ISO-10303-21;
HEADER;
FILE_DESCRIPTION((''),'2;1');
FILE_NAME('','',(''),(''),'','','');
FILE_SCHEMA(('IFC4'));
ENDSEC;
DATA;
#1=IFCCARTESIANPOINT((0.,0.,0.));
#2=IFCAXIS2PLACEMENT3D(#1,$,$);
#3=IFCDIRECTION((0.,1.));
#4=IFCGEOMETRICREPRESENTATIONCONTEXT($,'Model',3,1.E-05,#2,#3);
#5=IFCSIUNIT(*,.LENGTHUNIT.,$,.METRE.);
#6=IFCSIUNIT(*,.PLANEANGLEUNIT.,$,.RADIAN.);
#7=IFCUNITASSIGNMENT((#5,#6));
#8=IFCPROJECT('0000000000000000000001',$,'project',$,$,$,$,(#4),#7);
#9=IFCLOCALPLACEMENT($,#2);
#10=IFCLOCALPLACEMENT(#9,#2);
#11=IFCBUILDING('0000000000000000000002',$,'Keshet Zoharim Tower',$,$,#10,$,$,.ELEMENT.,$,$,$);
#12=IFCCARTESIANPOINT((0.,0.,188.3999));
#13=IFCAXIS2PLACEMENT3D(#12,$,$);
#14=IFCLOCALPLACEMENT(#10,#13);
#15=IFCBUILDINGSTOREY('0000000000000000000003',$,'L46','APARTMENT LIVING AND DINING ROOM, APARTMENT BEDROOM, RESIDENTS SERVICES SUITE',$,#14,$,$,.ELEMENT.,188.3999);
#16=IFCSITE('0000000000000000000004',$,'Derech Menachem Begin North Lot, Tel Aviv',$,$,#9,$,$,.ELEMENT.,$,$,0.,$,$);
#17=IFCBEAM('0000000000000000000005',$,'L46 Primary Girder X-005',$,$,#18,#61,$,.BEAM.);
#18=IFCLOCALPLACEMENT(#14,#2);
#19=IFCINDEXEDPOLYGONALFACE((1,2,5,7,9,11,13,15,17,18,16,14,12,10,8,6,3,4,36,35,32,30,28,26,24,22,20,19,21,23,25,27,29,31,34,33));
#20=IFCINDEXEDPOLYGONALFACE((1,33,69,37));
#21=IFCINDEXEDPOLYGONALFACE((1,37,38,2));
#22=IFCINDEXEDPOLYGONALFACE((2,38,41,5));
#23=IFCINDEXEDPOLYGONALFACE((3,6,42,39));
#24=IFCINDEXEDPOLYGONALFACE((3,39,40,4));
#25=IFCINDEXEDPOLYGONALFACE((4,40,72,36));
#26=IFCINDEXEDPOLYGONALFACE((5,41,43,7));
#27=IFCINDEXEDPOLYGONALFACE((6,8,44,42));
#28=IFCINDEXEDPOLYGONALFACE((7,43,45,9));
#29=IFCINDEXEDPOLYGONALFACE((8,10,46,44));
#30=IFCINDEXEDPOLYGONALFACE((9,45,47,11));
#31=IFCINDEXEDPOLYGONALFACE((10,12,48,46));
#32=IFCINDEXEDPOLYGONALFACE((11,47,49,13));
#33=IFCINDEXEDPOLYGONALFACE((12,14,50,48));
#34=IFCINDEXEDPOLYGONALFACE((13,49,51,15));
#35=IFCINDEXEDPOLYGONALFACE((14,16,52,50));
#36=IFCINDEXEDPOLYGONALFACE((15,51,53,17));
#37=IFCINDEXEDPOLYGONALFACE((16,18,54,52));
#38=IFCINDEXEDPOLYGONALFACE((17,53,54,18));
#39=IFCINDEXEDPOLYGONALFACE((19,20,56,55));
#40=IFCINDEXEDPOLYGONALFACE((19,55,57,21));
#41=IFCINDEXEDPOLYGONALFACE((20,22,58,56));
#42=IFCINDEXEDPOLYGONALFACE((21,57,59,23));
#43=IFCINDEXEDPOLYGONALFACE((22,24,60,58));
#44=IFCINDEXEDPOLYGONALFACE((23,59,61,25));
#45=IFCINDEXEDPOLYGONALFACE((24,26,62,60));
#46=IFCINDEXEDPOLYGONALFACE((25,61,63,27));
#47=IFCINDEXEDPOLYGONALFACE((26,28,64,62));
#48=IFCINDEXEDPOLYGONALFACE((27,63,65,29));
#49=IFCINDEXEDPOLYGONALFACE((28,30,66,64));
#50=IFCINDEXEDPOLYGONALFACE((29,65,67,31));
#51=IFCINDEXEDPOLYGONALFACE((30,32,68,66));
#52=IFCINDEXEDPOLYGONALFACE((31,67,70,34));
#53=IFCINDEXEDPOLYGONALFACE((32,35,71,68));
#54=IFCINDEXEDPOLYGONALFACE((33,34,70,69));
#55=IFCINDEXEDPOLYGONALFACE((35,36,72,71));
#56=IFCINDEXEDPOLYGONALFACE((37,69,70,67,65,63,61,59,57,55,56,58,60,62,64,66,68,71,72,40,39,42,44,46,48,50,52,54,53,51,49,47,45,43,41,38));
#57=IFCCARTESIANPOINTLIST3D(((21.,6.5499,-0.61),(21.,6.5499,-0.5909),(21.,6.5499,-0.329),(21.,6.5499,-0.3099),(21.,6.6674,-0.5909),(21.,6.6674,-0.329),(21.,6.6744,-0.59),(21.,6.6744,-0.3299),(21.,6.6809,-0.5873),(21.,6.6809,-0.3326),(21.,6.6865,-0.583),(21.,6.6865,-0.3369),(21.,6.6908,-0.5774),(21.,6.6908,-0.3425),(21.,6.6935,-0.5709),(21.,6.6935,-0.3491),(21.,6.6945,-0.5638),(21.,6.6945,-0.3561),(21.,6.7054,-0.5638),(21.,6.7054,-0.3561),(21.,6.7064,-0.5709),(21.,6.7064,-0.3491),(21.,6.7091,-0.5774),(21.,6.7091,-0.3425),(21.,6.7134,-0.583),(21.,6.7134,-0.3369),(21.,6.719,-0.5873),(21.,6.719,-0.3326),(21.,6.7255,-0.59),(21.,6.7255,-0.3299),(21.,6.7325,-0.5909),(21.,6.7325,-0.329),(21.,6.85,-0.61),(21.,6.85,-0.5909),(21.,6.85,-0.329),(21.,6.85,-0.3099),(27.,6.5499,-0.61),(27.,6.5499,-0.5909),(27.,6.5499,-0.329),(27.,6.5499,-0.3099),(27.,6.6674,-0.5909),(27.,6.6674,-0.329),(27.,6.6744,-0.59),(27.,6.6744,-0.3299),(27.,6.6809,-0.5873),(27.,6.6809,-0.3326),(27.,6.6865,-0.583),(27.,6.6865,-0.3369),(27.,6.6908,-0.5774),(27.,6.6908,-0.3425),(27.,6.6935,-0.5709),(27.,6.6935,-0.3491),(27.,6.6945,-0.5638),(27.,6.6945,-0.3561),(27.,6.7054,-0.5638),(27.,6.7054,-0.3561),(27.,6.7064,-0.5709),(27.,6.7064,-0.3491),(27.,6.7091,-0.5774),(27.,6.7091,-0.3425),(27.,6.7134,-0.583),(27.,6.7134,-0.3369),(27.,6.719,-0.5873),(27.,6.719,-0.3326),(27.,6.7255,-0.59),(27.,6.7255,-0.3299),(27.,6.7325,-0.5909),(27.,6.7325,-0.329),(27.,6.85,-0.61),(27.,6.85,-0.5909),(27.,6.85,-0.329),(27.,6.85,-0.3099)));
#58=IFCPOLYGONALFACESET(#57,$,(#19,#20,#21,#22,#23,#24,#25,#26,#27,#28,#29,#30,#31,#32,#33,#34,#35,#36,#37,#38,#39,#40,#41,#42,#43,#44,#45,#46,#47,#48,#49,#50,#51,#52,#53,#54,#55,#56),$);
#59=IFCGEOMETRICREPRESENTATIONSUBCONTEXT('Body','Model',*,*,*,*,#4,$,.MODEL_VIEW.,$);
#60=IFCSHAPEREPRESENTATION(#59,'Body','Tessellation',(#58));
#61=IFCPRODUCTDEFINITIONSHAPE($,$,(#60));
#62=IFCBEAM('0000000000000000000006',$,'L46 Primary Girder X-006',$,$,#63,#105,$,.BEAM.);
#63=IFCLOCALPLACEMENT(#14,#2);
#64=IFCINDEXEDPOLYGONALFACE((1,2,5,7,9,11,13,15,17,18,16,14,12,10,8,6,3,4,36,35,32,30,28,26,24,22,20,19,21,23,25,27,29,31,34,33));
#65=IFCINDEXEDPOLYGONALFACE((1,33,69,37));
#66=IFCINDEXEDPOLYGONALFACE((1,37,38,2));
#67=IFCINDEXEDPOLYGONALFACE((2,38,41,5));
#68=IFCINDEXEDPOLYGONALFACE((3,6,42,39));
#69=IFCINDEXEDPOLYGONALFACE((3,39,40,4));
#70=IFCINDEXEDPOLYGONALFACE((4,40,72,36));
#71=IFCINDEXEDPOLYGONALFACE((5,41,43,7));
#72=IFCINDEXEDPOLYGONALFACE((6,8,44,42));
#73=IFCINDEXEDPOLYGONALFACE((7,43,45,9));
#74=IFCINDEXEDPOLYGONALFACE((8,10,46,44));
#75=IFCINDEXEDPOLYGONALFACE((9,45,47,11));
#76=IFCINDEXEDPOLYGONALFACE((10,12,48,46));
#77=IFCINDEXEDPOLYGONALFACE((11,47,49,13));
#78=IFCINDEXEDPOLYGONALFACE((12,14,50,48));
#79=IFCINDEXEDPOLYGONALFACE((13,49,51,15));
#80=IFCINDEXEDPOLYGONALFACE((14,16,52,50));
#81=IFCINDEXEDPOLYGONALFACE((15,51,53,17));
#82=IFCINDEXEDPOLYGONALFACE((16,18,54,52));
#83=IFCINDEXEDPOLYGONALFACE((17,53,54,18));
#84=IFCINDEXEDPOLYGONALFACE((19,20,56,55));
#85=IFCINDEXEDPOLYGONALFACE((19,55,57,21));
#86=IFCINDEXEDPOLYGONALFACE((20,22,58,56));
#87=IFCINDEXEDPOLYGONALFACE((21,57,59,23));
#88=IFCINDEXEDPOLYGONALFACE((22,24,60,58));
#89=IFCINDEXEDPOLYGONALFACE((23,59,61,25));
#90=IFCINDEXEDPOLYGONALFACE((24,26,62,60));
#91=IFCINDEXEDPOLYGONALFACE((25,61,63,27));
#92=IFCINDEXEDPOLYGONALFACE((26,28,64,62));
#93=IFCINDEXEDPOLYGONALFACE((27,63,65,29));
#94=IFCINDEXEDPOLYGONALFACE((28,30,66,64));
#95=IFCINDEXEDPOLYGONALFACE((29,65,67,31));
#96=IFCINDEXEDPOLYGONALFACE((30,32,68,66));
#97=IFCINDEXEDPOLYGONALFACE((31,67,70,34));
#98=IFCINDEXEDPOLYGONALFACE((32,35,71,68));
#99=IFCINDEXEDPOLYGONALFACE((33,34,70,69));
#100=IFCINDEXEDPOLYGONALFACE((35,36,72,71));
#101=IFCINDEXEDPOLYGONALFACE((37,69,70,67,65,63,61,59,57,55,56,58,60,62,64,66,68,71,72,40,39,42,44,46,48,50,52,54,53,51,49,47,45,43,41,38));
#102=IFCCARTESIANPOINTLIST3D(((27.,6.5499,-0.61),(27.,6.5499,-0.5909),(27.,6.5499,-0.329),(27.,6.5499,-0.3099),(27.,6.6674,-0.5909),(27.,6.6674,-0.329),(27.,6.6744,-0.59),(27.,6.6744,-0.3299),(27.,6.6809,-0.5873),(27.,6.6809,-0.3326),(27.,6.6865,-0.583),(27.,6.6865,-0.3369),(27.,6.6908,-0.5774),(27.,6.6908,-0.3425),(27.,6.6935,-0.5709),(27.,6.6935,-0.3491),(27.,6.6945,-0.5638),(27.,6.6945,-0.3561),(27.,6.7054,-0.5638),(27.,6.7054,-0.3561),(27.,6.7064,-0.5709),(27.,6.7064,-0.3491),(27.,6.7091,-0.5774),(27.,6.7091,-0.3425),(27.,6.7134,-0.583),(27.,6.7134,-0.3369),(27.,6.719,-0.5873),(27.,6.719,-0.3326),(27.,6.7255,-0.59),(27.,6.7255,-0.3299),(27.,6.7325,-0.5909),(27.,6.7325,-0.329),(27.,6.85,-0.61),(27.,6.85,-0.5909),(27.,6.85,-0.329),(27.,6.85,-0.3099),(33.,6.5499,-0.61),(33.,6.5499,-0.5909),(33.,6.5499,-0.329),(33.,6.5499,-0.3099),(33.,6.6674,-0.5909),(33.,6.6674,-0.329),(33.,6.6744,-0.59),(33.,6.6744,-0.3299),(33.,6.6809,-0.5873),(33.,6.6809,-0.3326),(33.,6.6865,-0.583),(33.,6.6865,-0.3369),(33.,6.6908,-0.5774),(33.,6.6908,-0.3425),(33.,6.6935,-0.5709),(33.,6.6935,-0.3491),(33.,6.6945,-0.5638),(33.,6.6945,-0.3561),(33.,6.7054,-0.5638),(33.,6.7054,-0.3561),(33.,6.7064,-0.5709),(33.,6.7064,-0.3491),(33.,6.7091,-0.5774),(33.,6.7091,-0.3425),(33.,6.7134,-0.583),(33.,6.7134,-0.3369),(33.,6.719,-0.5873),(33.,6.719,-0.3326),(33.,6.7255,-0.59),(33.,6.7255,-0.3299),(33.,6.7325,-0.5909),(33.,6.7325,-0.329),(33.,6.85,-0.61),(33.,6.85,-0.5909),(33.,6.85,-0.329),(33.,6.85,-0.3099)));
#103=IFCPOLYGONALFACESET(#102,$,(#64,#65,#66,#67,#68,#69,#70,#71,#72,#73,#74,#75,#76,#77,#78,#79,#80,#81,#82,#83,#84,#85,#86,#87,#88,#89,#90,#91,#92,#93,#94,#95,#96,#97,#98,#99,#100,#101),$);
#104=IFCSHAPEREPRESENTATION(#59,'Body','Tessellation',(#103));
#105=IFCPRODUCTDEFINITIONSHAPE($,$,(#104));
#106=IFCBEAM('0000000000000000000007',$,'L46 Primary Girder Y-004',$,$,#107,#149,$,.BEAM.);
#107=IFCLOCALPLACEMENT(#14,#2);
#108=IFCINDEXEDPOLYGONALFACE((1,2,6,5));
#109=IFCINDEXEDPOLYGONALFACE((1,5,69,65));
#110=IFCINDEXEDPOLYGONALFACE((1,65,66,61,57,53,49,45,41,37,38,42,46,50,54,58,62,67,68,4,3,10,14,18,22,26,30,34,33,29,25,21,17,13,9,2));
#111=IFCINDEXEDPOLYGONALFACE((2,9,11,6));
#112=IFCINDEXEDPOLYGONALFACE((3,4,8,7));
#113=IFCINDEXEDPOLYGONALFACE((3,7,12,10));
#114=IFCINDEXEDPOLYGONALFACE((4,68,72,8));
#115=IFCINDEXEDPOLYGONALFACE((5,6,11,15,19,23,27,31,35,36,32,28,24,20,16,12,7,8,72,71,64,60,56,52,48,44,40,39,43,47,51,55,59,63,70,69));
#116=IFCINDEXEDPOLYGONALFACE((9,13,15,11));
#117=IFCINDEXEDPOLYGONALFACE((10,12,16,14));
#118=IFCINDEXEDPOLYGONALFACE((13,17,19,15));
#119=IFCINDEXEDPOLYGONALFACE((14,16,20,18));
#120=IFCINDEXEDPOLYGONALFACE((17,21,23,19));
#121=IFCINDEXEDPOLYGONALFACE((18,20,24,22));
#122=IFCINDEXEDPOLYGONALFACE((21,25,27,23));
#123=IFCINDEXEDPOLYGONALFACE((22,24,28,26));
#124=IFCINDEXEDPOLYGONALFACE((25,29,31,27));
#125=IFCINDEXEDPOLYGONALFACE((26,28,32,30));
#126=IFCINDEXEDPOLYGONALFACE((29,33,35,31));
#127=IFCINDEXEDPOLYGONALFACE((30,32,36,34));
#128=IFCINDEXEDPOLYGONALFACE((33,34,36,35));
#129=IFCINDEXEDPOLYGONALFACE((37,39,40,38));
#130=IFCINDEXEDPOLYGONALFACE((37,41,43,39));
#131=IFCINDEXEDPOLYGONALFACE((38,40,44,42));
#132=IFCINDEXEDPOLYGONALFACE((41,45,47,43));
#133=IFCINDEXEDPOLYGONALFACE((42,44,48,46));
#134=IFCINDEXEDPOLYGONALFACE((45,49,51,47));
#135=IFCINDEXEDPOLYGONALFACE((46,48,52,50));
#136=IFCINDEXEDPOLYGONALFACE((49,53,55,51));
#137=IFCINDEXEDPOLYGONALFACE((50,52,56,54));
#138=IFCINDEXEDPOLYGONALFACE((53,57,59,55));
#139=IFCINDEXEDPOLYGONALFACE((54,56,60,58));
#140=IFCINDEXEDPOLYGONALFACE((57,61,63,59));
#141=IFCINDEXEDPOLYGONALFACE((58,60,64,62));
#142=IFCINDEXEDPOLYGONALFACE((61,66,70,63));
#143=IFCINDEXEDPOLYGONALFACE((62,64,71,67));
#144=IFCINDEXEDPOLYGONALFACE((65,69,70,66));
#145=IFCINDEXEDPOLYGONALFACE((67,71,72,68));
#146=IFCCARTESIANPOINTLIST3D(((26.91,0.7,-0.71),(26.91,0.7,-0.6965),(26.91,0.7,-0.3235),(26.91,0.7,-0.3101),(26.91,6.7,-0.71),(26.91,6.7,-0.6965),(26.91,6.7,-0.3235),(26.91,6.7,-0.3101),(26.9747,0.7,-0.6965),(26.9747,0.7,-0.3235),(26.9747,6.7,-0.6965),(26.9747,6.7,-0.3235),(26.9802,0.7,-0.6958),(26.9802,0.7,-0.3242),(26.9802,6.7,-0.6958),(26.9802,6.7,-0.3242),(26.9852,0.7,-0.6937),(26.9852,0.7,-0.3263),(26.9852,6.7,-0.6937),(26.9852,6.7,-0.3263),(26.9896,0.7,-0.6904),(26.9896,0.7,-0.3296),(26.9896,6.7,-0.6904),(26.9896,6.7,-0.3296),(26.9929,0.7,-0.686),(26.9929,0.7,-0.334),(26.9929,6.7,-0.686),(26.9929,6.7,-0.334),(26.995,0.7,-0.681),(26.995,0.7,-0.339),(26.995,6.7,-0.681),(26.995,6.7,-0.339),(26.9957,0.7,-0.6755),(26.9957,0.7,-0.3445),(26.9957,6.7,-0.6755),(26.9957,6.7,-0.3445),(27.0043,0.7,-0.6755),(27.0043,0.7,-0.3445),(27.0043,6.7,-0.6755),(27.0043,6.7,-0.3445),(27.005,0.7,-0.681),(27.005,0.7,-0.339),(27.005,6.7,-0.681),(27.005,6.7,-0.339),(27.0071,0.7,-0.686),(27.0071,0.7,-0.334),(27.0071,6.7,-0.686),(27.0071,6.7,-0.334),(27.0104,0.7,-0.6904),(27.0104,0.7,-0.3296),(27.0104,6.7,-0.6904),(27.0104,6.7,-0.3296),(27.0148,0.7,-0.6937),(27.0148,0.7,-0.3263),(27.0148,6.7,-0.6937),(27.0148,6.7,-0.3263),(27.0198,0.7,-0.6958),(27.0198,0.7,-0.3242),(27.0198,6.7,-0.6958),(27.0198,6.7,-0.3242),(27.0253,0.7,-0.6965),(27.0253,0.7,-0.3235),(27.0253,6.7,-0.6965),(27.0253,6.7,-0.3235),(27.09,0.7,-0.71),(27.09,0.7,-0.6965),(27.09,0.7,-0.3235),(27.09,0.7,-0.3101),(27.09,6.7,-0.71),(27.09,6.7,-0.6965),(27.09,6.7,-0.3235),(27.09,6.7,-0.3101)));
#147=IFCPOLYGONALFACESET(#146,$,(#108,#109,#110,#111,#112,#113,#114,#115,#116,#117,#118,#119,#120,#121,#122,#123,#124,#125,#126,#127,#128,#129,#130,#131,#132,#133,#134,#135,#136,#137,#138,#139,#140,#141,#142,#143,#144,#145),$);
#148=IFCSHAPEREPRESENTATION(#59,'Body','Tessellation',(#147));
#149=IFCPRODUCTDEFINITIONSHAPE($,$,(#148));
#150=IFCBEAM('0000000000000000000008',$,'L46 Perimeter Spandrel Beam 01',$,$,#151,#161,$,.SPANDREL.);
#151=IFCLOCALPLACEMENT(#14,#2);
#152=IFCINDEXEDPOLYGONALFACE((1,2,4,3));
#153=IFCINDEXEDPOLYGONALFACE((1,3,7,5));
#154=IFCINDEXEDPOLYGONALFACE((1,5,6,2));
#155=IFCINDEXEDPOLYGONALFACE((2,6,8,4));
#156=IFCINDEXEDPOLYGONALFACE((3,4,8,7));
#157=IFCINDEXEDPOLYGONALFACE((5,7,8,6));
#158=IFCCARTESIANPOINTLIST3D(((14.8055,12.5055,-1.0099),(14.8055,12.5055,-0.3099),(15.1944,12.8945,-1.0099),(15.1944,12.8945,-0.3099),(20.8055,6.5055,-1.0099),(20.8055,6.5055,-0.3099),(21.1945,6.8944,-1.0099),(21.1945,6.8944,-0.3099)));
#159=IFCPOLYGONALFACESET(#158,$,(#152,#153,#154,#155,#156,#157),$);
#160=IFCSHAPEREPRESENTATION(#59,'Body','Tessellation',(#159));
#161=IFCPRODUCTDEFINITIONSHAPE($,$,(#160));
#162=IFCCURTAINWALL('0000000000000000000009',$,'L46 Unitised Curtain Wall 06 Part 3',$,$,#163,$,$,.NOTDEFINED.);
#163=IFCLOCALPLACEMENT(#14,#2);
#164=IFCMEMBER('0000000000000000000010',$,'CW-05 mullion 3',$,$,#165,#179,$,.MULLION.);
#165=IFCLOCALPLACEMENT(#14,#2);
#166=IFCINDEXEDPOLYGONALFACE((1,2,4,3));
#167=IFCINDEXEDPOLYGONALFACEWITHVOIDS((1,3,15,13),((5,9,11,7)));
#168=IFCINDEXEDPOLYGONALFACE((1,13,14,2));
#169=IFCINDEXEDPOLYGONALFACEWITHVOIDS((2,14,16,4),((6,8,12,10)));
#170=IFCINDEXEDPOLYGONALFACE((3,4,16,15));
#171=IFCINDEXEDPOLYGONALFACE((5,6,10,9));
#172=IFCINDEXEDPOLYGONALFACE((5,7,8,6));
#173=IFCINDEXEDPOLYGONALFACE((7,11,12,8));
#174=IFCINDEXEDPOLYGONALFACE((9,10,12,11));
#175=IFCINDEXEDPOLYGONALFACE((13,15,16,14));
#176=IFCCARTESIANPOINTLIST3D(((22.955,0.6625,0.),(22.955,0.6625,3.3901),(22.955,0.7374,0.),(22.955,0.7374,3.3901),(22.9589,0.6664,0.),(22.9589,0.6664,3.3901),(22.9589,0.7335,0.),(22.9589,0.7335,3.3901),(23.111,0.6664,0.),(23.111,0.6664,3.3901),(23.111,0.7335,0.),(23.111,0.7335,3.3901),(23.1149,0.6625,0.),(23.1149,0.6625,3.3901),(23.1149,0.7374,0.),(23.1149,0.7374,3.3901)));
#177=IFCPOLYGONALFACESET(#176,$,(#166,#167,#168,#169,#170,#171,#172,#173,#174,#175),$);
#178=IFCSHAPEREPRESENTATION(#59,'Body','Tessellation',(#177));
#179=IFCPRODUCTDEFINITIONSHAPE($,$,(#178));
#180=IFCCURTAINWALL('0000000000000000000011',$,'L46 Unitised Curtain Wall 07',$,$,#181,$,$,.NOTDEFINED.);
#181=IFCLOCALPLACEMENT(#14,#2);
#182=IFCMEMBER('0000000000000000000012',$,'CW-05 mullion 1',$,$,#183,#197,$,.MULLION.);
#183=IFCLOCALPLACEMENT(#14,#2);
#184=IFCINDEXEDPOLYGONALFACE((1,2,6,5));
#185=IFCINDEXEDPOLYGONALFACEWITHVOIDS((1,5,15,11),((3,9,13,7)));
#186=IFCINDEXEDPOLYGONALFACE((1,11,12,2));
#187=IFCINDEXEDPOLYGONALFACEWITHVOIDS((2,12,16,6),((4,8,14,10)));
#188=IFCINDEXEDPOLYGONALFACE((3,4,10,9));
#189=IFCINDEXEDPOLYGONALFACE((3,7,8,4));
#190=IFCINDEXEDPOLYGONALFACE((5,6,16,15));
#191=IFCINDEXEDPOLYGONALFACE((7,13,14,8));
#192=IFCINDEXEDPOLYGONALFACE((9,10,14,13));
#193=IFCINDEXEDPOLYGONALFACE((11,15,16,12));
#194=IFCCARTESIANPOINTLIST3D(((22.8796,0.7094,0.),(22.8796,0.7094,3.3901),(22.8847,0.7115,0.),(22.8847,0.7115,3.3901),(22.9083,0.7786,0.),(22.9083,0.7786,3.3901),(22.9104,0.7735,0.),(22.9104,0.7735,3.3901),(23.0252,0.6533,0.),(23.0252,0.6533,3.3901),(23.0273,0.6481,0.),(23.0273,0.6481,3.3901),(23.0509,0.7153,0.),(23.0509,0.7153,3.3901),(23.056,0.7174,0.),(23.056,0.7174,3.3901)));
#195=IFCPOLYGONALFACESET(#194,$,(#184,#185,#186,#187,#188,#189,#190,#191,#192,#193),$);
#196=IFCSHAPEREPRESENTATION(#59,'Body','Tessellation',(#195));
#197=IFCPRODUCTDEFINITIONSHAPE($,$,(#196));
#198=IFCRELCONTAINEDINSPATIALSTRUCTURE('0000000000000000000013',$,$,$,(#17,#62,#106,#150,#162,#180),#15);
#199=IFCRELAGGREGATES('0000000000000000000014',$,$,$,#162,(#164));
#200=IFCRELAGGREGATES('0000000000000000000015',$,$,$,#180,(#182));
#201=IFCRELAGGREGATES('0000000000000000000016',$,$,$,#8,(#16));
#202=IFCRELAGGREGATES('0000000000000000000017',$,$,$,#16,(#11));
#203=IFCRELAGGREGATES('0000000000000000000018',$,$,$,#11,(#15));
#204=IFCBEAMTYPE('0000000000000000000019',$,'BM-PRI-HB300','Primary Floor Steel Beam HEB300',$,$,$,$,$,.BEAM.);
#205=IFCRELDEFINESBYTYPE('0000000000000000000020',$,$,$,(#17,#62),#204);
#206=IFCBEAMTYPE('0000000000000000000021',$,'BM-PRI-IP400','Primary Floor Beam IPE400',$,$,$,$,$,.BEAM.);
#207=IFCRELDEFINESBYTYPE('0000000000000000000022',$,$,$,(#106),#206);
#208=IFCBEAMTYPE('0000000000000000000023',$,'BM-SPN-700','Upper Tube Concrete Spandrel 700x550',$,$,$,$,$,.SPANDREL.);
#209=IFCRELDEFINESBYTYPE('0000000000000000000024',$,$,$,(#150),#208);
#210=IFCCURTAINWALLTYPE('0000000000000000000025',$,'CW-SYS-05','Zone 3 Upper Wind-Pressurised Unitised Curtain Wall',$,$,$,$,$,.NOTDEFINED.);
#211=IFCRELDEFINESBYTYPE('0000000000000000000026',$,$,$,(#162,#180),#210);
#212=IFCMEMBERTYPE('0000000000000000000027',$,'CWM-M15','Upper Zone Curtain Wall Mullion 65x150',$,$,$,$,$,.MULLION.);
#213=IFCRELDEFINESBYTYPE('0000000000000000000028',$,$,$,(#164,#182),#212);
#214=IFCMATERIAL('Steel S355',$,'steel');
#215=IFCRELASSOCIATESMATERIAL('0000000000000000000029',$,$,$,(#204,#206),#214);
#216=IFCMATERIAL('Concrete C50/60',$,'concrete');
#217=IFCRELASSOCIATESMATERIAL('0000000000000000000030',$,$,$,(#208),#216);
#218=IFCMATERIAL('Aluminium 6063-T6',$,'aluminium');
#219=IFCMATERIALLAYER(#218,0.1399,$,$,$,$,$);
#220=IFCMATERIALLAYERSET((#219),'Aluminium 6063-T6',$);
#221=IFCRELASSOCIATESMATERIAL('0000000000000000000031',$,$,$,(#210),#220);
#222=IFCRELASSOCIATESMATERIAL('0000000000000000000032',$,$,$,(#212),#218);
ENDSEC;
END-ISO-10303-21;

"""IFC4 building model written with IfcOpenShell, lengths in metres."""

from ifc_helpers import new_model, si_unit, direction, frame, origin, origin_2d, place, context, subcontext, project, spatial, rectangle, hollow_rectangle, i_section, extrude, material, layer, layer_set, material_profile, profile_set, type_object, element, aggregate, save


model = new_model("IFC4")

# Units and contexts
model_context = context("Model", 3, precision=1e-05, world=origin(), true_north=direction((0.0, 1.0)))
body_context = subcontext(model_context, "Body", "Model", "MODEL_VIEW")
ifc_project = project(units=[si_unit("LENGTHUNIT", "METRE"), si_unit("PLANEANGLEUNIT", "RADIAN")], contexts=[model_context])

# Site, building, storey
site_placement = place(None, origin())
site = spatial("IfcSite", under=ifc_project, at=site_placement, Name="Derech Menachem Begin North Lot, Tel Aviv", CompositionType="ELEMENT", RefElevation=0.0)
building_placement = place(site_placement, origin())
building = spatial("IfcBuilding", under=site, at=building_placement, Name="Keshet Zoharim Tower", CompositionType="ELEMENT")
storey_placement = place(building_placement, frame((0.0, 0.0, 188.3999)))
storey = spatial("IfcBuildingStorey", under=building, at=storey_placement, Name="L46", Description="APARTMENT LIVING AND DINING ROOM, APARTMENT BEDROOM, RESIDENTS SERVICES SUITE", CompositionType="ELEMENT", Elevation=188.3999)

# Shared definitions
ifc_material_1 = material(Name="Steel S355", Category="steel")

# Beams
ifc_material_profile_1 = material_profile(ifc_material_1, i_section(OverallWidth=0.3, OverallDepth=0.3, WebThickness=0.011, FlangeThickness=0.019, FilletRadius=0.0271, at=origin_2d()), Name="HEB300")
ifc_profile_set_1 = profile_set([ifc_material_profile_1], Name="Steel S355")
beam_type_1 = type_object("IfcBeamType", Name="BM-PRI-HB300", Description="Primary Floor Steel Beam HEB300", PredefinedType="BEAM", material=ifc_profile_set_1)
for number, where, z_axis, x_axis, name in (
    (1, (21.0, 6.7, -0.46), (1.0, 0.0, 0.0), (0.0, 1.0, 0.0), "L46 Primary Girder X-005"),
    (2, (27.0, 6.7, -0.46), (1.0, 0.0, 0.0), (0.0, 1.0, 0.0), "L46 Primary Girder X-006"),
):
    element("IfcBeam", number, at=place(storey_placement, frame(where, z_axis=z_axis, x_axis=x_axis)), inside=storey, type_object=beam_type_1, Name=name, PredefinedType="BEAM", context=body_context, shape_type="SweptSolid", body=[
        extrude(i_section(OverallWidth=0.3, OverallDepth=0.3, WebThickness=0.011, FlangeThickness=0.019, FilletRadius=0.0271, at=origin_2d()), origin(), (0.0, 0.0, 1.0), 6.0),
    ])
ifc_material_profile_2 = material_profile(ifc_material_1, i_section(OverallWidth=0.1799, OverallDepth=0.3999, WebThickness=0.0085, FlangeThickness=0.0134, FilletRadius=0.021, at=origin_2d()), Name="IPE400")
ifc_profile_set_2 = profile_set([ifc_material_profile_2], Name="Steel S355")
beam_type_2 = type_object("IfcBeamType", Name="BM-PRI-IP400", Description="Primary Floor Beam IPE400", PredefinedType="BEAM", material=ifc_profile_set_2)
beam_1_placement = place(storey_placement, frame((27.0, 0.7, -0.51), z_axis=(0.0, 1.0, 0.0), x_axis=(-1.0, 0.0, 0.0)))
element("IfcBeam", 3, at=beam_1_placement, inside=storey, type_object=beam_type_2, Name="L46 Primary Girder Y-004", PredefinedType="BEAM", context=body_context, shape_type="SweptSolid", body=[
    extrude(i_section(OverallWidth=0.1799, OverallDepth=0.3999, WebThickness=0.0085, FlangeThickness=0.0134, FilletRadius=0.021, at=origin_2d()), origin(), (0.0, 0.0, 1.0), 6.0),
])
ifc_material_2 = material(Name="Concrete C50/60", Category="concrete")
ifc_material_profile_3 = material_profile(ifc_material_2, rectangle(XDim=0.55, YDim=0.7, at=origin_2d()), Name="RC700x550")
ifc_profile_set_3 = profile_set([ifc_material_profile_3], Name="Concrete C50/60")
beam_type_3 = type_object("IfcBeamType", Name="BM-SPN-700", Description="Upper Tube Concrete Spandrel 700x550", PredefinedType="SPANDREL", material=ifc_profile_set_3)
beam_2_placement = place(storey_placement, frame((21.0, 6.7, -0.6599), z_axis=(-0.707107, 0.707107, 0.0), x_axis=(-0.707107, -0.707107, 0.0)))
element("IfcBeam", 4, at=beam_2_placement, inside=storey, type_object=beam_type_3, Name="L46 Perimeter Spandrel Beam 01", PredefinedType="SPANDREL", context=body_context, shape_type="SweptSolid", body=[
    extrude(rectangle(XDim=0.55, YDim=0.7, at=origin_2d()), origin(), (0.0, 0.0, 1.0), 8.4854),
])

# Curtain wall, member
ifc_material_3 = material(Name="Aluminium 6063-T6", Category="aluminium")
ifc_layer_1 = layer(ifc_material_3, 0.1399)
ifc_layer_set_1 = layer_set([ifc_layer_1], Name="Aluminium 6063-T6")
curtain_wall_type = type_object("IfcCurtainWallType", Name="CW-SYS-05", Description="Zone 3 Upper Wind-Pressurised Unitised Curtain Wall", PredefinedType="NOTDEFINED", material=ifc_layer_set_1)
curtain_wall_1_placement = place(storey_placement, origin())
curtain_wall_1 = element("IfcCurtainWall", 5, at=curtain_wall_1_placement, inside=storey, type_object=curtain_wall_type, Name="L46 Unitised Curtain Wall 06 Part 3", PredefinedType="NOTDEFINED")
ifc_material_profile_4 = material_profile(ifc_material_3, hollow_rectangle(XDim=0.075, YDim=0.1599, WallThickness=0.0039, at=origin_2d()), Name="MUL-75x160")
ifc_profile_set_4 = profile_set([ifc_material_profile_4], Name="Aluminium 6063-T6")
member_type_1 = type_object("IfcMemberType", Name="CWM-M15", Description="Upper Zone Curtain Wall Mullion 65x150", PredefinedType="MULLION", material=ifc_profile_set_4)
member_1_placement = place(storey_placement, frame((23.0349, 0.7, 0.0), z_axis=(0.0, 0.0, 1.0), x_axis=(0.0, -1.0, 0.0)))
member_1 = element("IfcMember", 6, at=member_1_placement, type_object=member_type_1, Name="CW-05 mullion 3", PredefinedType="MULLION", context=body_context, shape_type="SweptSolid", body=[
    extrude(hollow_rectangle(XDim=0.075, YDim=0.1599, WallThickness=0.0039, at=origin_2d()), origin(), (0.0, 0.0, 1.0), 3.3901),
])
aggregate(curtain_wall_1, [member_1])

# Curtain wall, member
curtain_wall_2_placement = place(storey_placement, origin())
curtain_wall_2 = element("IfcCurtainWall", 7, at=curtain_wall_2_placement, inside=storey, type_object=curtain_wall_type, Name="L46 Unitised Curtain Wall 07", PredefinedType="NOTDEFINED")
member_2_placement = place(storey_placement, frame((22.9678, 0.7134, 0.0), z_axis=(0.0, 0.0, 1.0), x_axis=(-0.382852, -0.92381, 0.0)))
member_2 = element("IfcMember", 8, at=member_2_placement, type_object=member_type_1, Name="CW-05 mullion 1", PredefinedType="MULLION", context=body_context, shape_type="SweptSolid", body=[
    extrude(hollow_rectangle(XDim=0.075, YDim=0.1599, WallThickness=0.0039, at=origin_2d()), origin(), (0.0, 0.0, 1.0), 3.3901),
])

aggregate(curtain_wall_2, [member_2])

save(model, "model.ifc")
